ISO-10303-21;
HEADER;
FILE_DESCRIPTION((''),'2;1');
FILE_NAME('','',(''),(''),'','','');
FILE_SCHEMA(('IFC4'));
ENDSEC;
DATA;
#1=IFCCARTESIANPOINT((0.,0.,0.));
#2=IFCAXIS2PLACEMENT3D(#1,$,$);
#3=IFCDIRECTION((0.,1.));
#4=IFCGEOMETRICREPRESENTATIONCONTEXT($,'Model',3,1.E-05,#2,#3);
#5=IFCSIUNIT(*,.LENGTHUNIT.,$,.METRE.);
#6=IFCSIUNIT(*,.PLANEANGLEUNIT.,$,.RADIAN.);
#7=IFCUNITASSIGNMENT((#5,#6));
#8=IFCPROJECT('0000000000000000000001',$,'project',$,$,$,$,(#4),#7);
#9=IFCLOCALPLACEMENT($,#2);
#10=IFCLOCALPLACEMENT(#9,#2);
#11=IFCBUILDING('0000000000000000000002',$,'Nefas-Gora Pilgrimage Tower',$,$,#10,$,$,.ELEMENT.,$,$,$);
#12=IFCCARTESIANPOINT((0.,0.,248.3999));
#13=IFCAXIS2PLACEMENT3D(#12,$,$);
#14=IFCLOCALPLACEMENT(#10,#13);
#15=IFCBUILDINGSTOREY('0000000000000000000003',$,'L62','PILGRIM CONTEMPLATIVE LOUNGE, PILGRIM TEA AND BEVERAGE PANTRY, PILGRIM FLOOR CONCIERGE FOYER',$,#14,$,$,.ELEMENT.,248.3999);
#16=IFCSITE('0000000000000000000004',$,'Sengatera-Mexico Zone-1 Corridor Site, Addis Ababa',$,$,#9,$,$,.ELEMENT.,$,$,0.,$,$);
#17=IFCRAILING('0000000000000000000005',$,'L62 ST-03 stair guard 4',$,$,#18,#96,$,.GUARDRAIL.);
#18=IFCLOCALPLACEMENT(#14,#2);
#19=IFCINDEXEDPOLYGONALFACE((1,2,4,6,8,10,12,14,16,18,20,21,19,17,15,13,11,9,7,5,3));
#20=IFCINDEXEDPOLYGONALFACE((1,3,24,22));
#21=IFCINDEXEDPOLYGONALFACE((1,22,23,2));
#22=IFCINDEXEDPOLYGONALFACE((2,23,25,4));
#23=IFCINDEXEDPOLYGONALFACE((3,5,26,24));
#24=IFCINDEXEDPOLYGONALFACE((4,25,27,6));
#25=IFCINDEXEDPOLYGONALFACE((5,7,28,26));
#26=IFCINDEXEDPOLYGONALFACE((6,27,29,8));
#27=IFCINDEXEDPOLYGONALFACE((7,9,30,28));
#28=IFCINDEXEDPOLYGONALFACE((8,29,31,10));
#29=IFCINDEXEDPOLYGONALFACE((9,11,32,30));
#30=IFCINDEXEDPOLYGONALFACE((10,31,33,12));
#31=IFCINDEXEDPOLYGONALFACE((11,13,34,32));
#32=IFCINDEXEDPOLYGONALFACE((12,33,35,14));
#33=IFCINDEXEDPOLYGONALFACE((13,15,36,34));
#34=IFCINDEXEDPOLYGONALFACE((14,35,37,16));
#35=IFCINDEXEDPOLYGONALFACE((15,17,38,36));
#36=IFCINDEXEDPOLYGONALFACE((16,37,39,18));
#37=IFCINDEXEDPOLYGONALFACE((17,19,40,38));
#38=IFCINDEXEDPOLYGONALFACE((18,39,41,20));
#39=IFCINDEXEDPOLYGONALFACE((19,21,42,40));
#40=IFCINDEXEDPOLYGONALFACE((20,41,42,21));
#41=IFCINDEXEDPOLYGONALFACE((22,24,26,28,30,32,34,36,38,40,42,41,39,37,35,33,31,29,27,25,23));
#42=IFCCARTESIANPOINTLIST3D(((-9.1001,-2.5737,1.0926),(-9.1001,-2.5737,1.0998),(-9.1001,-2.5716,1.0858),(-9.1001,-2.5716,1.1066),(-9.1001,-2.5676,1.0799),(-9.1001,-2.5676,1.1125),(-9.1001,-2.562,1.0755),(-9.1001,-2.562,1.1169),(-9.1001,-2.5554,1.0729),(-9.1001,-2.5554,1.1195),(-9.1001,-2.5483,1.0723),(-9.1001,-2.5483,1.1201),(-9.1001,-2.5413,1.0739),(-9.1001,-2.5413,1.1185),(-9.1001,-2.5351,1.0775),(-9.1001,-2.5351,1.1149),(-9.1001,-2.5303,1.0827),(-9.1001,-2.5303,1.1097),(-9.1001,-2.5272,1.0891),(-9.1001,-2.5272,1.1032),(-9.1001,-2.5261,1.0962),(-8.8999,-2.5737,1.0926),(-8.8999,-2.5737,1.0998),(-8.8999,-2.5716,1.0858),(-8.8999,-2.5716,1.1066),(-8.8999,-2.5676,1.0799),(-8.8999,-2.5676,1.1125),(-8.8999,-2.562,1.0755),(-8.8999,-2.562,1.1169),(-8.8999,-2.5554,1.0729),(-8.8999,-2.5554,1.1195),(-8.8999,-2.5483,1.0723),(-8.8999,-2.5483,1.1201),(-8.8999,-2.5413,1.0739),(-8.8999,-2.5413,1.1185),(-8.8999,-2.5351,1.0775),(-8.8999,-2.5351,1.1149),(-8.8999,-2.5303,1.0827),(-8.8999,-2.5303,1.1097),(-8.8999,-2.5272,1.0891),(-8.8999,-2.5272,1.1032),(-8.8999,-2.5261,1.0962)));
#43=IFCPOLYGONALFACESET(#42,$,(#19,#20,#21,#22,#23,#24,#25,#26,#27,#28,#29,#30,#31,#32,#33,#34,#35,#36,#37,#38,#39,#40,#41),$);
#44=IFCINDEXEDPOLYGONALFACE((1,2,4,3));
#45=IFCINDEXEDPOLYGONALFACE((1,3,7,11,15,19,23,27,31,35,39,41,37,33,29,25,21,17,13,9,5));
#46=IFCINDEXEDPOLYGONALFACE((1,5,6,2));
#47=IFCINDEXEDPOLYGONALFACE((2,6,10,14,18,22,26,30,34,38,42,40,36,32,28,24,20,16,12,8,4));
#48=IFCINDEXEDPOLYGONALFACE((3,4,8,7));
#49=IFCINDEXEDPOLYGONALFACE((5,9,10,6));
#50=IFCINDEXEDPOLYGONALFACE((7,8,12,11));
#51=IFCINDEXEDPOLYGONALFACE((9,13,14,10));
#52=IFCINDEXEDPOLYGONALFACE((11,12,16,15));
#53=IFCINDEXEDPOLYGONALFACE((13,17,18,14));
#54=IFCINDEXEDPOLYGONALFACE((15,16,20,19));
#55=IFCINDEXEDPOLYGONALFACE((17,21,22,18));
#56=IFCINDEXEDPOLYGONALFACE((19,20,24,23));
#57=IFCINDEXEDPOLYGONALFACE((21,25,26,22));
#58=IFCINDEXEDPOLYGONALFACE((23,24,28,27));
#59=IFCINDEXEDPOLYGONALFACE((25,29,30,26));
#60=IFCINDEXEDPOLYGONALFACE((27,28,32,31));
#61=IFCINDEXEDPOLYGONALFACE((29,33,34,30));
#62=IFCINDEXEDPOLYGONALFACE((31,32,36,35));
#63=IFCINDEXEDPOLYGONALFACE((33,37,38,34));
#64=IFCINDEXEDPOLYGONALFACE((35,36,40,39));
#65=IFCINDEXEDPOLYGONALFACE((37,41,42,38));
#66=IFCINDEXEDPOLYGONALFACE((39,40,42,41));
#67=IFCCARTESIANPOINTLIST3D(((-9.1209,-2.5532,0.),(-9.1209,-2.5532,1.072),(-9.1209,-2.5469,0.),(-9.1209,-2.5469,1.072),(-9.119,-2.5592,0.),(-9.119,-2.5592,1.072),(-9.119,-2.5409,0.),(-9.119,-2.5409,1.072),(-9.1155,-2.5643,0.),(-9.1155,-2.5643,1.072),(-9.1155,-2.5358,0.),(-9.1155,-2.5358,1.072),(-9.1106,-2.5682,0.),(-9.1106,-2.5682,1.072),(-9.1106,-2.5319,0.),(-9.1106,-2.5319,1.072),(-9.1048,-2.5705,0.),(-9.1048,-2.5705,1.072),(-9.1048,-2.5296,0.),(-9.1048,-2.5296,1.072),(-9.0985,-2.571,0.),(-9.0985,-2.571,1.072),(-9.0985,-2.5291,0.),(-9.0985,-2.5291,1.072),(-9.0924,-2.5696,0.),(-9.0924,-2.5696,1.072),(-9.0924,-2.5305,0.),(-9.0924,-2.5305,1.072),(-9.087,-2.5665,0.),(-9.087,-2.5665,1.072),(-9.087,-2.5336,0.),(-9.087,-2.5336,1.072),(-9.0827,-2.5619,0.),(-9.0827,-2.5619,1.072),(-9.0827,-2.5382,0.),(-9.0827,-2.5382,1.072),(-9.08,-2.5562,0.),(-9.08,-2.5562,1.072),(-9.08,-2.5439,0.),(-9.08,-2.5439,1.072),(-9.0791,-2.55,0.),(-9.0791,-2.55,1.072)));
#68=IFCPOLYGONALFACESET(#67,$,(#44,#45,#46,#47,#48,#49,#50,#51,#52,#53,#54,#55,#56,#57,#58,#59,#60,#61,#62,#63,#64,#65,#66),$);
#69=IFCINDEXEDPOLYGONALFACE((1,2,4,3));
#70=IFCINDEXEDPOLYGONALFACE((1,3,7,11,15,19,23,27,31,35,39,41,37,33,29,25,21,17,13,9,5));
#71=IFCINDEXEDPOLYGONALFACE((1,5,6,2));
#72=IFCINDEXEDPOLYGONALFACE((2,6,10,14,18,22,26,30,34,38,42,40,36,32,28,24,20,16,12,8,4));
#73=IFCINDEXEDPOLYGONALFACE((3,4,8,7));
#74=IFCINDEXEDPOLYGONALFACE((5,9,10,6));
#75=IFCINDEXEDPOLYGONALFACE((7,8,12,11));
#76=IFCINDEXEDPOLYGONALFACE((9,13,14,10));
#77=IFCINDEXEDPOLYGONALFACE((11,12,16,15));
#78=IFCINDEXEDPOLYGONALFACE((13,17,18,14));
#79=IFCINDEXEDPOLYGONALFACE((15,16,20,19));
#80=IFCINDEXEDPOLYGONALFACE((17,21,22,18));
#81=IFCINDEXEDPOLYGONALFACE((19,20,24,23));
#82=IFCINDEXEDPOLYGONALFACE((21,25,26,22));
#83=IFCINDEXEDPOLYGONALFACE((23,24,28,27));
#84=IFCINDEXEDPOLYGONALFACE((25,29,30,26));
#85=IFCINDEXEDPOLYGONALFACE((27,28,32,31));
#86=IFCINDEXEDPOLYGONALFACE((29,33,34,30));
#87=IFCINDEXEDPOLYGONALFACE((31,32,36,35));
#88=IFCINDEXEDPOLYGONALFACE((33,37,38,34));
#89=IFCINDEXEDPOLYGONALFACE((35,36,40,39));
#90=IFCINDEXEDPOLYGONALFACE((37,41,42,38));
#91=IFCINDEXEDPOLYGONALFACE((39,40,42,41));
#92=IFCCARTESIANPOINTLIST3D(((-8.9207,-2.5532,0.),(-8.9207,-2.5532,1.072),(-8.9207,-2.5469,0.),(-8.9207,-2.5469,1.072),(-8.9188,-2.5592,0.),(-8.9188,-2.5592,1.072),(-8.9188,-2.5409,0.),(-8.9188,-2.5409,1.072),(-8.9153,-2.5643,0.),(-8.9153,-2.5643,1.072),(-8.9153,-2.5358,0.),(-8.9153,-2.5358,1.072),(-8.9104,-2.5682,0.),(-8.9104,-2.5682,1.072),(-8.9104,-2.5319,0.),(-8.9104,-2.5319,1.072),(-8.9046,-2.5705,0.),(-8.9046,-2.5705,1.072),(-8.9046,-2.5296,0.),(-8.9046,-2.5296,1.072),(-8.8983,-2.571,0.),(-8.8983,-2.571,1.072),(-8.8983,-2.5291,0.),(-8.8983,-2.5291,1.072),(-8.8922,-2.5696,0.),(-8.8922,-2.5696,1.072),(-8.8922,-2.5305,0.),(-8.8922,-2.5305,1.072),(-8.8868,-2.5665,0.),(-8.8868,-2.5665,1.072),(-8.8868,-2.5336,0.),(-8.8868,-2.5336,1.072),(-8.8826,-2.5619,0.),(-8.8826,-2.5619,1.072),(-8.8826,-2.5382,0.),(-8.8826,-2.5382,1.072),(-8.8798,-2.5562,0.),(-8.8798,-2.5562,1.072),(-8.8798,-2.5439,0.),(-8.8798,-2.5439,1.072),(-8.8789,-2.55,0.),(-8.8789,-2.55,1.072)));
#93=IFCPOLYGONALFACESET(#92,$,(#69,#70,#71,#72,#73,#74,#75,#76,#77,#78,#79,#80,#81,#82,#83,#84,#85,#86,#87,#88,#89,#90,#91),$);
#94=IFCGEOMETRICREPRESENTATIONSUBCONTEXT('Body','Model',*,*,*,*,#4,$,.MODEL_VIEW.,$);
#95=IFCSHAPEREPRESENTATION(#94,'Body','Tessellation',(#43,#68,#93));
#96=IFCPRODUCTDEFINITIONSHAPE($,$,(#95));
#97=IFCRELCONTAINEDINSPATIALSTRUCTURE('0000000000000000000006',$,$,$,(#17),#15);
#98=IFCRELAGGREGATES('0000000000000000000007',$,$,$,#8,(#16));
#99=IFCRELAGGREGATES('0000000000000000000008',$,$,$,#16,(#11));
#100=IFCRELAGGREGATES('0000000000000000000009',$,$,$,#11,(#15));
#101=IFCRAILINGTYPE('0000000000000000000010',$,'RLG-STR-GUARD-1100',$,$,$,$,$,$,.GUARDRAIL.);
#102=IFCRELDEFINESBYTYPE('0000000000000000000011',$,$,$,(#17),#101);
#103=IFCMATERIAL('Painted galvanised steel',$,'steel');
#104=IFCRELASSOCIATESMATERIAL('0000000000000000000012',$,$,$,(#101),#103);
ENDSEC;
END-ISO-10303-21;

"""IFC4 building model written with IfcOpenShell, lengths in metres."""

from ifc_helpers import new_model, si_unit, direction, frame, origin, origin_2d, place, context, subcontext, project, spatial, circle, extrude, material, type_object, element, save


model = new_model("IFC4")

# Units and contexts
model_context = context("Model", 3, precision=1e-05, world=origin(), true_north=direction((0.0, 1.0)))
body_context = subcontext(model_context, "Body", "Model", "MODEL_VIEW")
ifc_project = project(units=[si_unit("LENGTHUNIT", "METRE"), si_unit("PLANEANGLEUNIT", "RADIAN")], contexts=[model_context])

# Site, building, storey
site_placement = place(None, origin())
site = spatial("IfcSite", under=ifc_project, at=site_placement, Name="Sengatera-Mexico Zone-1 Corridor Site, Addis Ababa", CompositionType="ELEMENT", RefElevation=0.0)
building_placement = place(site_placement, origin())
building = spatial("IfcBuilding", under=site, at=building_placement, Name="Nefas-Gora Pilgrimage Tower", CompositionType="ELEMENT")
storey_placement = place(building_placement, frame((0.0, 0.0, 248.3999)))
storey = spatial("IfcBuildingStorey", under=building, at=storey_placement, Name="L62", Description="PILGRIM CONTEMPLATIVE LOUNGE, PILGRIM TEA AND BEVERAGE PANTRY, PILGRIM FLOOR CONCIERGE FOYER", CompositionType="ELEMENT", Elevation=248.3999)

# Railing
ifc_material_1 = material(Name="Painted galvanised steel", Category="steel")
railing_type_1 = type_object("IfcRailingType", Name="RLG-STR-GUARD-1100", PredefinedType="GUARDRAIL", material=ifc_material_1)
railing_1_placement = place(storey_placement, frame((-9.1001, -2.55, 0.0)))
element("IfcRailing", 1, at=railing_1_placement, inside=storey, type_object=railing_type_1, Name="L62 ST-03 stair guard 4", PredefinedType="GUARDRAIL", context=body_context, shape_type="SweptSolid", body=[
    extrude(circle(Radius=0.0239, at=origin_2d()), frame((0.0, 0.0, 1.0962), z_axis=(1.0, 0.0, 0.0), x_axis=(0.0, 1.0, 0.0)), (0.0, 0.0, 1.0), 0.2002),
    extrude(circle(Radius=0.021, at=origin_2d()), origin(), (0.0, 0.0, 1.0), 1.072),
    extrude(circle(Radius=0.021, at=origin_2d()), frame((0.2002, 0.0, 0.0)), (0.0, 0.0, 1.0), 1.072),
])

save(model, "model.ifc")
